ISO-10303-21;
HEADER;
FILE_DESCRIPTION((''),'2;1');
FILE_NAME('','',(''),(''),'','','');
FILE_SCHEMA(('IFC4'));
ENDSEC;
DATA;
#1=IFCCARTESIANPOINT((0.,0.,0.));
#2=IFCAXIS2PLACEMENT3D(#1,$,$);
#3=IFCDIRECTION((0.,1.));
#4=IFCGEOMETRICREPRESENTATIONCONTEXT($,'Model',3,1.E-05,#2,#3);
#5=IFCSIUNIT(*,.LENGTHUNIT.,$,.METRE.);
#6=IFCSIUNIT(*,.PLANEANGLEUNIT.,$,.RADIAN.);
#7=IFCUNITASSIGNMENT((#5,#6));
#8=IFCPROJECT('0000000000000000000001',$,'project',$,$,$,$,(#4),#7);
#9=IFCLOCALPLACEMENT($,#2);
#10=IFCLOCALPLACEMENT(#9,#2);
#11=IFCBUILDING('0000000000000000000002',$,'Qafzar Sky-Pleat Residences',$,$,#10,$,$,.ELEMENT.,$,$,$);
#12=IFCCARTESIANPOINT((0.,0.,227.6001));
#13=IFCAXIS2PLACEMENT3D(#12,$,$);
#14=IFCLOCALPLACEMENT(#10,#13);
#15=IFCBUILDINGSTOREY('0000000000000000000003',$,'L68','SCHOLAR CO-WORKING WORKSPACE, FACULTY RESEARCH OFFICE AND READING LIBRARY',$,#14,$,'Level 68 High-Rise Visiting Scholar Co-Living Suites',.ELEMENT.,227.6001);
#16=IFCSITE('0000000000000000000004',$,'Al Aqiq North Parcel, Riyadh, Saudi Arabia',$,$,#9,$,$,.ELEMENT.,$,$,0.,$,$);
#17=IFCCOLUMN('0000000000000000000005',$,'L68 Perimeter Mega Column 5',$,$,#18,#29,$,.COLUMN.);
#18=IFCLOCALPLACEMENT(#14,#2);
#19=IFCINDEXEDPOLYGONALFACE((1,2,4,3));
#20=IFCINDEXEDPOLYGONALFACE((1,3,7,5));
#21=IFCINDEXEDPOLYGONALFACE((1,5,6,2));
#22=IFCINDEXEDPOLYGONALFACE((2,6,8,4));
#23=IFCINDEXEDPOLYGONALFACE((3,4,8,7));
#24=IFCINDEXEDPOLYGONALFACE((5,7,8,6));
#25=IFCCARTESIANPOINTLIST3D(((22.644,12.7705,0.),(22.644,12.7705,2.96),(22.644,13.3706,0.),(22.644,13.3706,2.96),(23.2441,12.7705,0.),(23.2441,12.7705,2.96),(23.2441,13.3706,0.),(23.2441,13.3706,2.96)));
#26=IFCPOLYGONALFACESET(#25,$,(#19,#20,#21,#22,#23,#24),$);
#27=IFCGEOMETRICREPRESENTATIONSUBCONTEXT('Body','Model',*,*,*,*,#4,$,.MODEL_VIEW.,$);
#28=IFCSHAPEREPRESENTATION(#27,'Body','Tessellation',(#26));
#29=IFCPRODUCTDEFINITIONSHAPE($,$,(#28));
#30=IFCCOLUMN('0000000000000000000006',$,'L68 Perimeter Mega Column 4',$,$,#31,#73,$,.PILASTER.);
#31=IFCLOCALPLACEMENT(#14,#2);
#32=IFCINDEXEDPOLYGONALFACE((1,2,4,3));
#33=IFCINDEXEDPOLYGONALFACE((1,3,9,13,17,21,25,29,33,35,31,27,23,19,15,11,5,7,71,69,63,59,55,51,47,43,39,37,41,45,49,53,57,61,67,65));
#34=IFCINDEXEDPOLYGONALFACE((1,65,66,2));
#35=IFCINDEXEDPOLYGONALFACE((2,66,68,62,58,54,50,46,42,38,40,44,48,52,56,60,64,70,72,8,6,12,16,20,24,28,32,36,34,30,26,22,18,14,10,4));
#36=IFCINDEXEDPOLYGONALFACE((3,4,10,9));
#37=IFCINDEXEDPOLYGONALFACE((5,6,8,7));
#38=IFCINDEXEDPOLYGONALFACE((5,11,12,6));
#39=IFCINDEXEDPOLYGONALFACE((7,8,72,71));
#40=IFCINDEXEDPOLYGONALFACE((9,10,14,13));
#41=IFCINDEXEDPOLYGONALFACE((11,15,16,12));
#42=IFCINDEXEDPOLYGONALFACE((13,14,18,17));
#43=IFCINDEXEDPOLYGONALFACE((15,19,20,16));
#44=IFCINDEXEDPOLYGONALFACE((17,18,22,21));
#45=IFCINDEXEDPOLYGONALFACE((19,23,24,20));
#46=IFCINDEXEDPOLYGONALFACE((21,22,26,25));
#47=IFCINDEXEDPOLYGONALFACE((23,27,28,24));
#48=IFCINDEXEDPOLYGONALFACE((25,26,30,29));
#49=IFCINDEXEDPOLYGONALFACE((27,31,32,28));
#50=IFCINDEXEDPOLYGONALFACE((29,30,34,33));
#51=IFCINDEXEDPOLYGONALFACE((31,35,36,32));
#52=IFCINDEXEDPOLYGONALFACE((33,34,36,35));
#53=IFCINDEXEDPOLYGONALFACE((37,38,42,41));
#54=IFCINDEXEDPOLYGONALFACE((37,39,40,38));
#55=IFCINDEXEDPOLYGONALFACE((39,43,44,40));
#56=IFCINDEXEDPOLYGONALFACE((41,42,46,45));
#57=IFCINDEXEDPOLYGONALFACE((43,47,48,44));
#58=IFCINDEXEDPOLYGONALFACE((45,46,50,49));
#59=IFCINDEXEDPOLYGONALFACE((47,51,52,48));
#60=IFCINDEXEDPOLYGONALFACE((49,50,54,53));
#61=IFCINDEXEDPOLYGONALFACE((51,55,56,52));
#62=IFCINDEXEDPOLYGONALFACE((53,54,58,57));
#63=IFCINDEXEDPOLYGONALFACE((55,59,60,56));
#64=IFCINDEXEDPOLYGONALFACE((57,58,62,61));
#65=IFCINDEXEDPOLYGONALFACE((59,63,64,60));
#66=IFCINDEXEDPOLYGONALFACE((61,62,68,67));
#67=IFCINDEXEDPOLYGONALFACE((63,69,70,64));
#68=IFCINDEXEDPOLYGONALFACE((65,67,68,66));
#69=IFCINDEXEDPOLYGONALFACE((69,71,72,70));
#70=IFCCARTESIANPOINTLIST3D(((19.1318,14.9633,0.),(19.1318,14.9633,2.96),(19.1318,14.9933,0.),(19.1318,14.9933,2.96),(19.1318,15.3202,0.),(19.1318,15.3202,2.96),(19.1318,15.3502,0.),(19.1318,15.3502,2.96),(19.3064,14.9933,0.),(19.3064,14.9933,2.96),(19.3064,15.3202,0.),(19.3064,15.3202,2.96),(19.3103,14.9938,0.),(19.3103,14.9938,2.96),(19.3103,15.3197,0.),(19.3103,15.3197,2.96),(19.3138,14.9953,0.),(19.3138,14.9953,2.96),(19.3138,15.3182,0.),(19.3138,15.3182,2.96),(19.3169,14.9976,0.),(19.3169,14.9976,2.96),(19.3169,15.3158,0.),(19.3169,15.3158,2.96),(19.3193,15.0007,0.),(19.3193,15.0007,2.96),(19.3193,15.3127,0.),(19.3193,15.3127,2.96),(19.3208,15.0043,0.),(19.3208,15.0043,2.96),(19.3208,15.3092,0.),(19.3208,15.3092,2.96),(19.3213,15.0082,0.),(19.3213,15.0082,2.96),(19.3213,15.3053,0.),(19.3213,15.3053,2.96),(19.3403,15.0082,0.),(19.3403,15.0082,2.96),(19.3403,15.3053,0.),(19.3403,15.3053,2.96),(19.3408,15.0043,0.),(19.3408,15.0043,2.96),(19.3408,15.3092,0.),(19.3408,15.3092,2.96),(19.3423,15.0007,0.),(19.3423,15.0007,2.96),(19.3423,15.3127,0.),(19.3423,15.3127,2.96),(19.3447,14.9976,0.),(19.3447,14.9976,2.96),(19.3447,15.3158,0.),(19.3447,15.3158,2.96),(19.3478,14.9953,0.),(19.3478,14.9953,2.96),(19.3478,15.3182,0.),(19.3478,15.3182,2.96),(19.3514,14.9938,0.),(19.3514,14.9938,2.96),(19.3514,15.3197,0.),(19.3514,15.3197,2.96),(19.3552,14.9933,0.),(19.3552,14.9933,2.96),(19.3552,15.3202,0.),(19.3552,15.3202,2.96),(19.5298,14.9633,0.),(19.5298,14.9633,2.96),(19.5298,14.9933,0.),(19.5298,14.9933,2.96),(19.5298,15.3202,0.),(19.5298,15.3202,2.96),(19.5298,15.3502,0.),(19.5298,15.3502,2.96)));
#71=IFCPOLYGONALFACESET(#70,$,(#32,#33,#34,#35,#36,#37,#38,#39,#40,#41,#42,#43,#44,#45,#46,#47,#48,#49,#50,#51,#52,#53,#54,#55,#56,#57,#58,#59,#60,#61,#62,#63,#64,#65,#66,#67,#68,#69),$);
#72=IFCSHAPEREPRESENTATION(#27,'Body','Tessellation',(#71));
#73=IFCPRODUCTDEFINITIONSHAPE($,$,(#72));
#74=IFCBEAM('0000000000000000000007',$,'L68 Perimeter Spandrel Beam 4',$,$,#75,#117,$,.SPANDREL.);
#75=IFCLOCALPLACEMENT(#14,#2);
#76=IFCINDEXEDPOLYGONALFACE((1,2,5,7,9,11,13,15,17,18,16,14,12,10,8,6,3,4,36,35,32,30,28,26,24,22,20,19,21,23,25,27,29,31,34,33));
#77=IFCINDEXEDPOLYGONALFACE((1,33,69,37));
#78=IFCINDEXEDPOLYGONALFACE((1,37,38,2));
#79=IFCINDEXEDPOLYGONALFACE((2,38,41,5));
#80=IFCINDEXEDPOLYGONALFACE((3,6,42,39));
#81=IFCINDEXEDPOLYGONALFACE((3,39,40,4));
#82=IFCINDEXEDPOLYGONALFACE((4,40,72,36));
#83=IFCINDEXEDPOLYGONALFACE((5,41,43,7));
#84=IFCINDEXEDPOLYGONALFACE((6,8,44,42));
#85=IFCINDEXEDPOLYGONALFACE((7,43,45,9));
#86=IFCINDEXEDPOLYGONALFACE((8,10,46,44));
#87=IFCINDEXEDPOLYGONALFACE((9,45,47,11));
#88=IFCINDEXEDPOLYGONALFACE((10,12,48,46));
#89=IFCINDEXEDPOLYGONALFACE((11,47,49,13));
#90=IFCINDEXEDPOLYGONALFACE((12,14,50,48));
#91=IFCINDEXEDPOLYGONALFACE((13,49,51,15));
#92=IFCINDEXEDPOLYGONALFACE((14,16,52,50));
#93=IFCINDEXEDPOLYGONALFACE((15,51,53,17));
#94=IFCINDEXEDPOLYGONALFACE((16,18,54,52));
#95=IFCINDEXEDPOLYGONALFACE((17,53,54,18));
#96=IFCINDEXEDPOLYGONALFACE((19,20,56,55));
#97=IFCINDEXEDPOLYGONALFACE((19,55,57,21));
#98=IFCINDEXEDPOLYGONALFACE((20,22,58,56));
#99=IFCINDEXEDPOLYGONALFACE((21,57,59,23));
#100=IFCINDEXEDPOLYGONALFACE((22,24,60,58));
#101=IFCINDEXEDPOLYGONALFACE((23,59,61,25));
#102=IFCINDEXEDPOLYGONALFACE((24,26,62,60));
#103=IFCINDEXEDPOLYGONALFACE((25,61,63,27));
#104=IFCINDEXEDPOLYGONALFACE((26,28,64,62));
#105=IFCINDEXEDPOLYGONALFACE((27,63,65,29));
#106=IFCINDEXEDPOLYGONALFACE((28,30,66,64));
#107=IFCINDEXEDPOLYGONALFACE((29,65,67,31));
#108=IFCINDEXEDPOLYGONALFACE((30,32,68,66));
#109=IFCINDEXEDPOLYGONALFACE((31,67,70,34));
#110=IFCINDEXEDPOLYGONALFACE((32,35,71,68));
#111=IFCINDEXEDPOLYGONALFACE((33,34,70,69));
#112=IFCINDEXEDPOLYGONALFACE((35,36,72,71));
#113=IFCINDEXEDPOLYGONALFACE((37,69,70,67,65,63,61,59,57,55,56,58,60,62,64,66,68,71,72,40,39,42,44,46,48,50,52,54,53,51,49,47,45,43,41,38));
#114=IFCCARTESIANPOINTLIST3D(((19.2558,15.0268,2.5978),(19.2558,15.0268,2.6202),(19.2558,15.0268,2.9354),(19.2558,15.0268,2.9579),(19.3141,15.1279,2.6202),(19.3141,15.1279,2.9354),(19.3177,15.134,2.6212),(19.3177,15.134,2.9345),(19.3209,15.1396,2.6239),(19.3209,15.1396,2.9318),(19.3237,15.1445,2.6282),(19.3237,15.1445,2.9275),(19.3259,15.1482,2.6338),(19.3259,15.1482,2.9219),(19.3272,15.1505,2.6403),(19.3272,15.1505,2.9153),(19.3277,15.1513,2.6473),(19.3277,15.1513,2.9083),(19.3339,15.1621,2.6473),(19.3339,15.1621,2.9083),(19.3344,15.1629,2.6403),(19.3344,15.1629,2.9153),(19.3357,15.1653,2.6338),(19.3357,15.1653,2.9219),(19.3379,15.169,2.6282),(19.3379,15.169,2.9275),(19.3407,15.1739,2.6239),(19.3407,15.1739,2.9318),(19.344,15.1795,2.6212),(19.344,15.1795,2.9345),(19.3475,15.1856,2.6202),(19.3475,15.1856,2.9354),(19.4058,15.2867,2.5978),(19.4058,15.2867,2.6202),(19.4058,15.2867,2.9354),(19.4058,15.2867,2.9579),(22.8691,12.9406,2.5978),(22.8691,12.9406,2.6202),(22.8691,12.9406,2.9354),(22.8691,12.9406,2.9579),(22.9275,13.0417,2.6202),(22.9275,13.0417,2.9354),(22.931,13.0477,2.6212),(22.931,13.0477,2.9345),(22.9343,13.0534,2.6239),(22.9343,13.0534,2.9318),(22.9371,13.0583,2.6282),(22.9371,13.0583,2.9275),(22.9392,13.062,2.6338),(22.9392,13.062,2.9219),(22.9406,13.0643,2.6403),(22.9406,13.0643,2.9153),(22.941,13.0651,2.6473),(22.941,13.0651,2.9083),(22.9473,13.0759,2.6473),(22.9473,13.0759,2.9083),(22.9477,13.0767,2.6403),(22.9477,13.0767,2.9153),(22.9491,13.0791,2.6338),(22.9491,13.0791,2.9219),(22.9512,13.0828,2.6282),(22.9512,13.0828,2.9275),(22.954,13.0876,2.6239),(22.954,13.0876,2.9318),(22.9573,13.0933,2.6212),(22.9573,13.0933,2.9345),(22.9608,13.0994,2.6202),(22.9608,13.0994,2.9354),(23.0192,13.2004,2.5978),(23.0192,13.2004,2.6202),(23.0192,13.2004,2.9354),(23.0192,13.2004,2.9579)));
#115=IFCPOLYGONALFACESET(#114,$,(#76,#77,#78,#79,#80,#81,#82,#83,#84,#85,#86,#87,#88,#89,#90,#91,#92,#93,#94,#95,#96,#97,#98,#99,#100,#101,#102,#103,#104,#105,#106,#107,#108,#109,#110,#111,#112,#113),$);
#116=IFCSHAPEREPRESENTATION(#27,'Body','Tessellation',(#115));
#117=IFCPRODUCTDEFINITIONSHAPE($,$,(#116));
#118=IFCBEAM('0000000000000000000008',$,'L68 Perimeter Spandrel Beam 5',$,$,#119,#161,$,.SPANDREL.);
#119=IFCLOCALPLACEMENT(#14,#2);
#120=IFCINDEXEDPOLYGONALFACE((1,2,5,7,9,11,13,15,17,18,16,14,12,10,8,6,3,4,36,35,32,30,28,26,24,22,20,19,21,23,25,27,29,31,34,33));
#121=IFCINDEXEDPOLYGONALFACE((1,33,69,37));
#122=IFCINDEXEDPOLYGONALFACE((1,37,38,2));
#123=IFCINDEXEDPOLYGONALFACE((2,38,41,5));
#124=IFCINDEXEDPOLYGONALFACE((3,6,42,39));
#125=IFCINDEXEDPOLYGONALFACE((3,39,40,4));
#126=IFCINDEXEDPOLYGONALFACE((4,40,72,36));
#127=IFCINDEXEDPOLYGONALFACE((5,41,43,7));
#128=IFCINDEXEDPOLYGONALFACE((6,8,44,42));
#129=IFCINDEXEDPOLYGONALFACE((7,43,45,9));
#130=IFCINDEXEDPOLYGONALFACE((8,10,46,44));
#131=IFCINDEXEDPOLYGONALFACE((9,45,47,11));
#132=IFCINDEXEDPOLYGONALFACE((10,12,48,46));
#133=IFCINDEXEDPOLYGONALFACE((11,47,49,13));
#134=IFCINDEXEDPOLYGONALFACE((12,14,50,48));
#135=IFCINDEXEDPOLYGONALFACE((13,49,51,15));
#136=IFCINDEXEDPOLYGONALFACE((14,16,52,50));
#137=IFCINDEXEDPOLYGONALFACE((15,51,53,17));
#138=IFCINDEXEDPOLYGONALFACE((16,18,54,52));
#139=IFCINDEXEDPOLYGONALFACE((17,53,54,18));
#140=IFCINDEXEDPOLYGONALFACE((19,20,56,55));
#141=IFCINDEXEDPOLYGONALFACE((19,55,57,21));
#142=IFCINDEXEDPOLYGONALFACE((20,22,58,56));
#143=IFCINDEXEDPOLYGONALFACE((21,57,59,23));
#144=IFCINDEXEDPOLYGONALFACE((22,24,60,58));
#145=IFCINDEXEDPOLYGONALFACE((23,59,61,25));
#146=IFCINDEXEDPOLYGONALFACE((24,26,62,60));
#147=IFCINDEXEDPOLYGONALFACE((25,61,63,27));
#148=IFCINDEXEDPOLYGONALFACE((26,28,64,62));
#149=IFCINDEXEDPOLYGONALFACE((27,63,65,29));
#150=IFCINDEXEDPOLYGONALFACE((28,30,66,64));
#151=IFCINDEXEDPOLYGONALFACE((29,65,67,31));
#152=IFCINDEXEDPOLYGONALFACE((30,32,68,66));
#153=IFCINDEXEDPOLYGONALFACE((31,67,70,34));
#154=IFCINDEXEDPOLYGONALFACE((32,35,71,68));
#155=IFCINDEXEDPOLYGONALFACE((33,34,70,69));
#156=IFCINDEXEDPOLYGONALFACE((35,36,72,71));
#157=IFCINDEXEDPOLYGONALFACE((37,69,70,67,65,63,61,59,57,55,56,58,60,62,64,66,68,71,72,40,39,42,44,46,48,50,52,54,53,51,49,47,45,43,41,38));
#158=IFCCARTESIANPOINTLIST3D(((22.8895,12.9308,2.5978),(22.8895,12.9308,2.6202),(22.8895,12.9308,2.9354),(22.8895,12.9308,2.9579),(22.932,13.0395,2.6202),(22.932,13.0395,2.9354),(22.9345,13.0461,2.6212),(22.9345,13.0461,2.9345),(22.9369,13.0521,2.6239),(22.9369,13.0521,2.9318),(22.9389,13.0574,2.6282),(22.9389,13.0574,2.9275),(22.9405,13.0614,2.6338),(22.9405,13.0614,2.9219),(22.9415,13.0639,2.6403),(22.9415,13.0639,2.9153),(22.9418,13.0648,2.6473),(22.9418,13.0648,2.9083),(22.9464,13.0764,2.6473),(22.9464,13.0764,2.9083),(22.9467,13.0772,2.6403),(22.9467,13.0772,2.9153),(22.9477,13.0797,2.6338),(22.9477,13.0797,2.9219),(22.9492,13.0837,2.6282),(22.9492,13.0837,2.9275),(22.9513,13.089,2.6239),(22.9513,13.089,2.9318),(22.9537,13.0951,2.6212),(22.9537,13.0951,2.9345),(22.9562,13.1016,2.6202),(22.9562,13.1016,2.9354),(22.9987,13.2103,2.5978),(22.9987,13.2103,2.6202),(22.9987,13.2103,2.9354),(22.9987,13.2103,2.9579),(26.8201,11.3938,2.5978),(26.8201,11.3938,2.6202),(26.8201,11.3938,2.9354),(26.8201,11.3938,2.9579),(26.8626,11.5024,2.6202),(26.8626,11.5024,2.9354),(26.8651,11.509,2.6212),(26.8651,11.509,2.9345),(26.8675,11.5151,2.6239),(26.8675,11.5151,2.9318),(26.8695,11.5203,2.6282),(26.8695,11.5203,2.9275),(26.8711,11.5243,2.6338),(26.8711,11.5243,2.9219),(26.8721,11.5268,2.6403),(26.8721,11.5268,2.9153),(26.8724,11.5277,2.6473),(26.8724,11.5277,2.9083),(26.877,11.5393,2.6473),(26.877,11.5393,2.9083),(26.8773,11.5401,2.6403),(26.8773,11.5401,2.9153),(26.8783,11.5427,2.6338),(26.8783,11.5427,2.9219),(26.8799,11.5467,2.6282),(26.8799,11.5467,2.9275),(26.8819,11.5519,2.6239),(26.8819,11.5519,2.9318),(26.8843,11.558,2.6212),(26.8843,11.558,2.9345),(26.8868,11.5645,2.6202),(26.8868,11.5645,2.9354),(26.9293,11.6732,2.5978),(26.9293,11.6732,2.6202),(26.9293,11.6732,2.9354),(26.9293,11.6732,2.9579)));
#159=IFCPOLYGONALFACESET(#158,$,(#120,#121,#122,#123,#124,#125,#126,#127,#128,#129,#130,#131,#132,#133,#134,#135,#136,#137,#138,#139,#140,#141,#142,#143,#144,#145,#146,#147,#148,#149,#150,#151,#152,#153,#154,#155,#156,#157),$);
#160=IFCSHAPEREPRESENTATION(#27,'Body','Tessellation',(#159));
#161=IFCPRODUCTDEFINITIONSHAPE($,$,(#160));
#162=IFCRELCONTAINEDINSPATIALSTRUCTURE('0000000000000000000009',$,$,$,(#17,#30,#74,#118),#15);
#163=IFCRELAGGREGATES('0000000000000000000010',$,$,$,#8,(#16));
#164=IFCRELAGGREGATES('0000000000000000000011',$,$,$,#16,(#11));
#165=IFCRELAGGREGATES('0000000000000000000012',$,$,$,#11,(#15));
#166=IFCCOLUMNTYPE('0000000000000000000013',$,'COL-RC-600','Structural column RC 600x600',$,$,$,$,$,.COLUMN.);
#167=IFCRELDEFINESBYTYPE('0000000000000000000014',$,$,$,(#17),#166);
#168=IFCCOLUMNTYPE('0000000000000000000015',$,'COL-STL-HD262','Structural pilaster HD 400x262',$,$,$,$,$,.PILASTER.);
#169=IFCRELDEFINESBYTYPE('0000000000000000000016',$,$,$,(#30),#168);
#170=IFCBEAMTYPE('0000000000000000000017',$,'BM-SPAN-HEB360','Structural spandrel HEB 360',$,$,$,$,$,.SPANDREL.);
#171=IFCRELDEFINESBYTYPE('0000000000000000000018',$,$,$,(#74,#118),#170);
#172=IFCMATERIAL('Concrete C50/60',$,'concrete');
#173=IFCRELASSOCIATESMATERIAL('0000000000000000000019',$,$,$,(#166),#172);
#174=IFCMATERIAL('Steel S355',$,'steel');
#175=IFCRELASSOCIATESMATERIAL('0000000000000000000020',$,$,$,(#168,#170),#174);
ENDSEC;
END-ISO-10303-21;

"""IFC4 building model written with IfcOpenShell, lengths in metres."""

from ifc_helpers import new_model, si_unit, direction, frame, origin, origin_2d, place, context, subcontext, project, spatial, rectangle, i_section, extrude, source, transform, mapped, material, material_profile, profile_set, type_object, element, save


model = new_model("IFC4")

# Units and contexts
model_context = context("Model", 3, precision=1e-05, world=origin(), true_north=direction((0.0, 1.0)))
body_context = subcontext(model_context, "Body", "Model", "MODEL_VIEW")
ifc_project = project(units=[si_unit("LENGTHUNIT", "METRE"), si_unit("PLANEANGLEUNIT", "RADIAN")], contexts=[model_context])

# Site, building, storey
site_placement = place(None, origin())
site = spatial("IfcSite", under=ifc_project, at=site_placement, Name="Al Aqiq North Parcel, Riyadh, Saudi Arabia", CompositionType="ELEMENT", RefElevation=0.0)
building_placement = place(site_placement, origin())
building = spatial("IfcBuilding", under=site, at=building_placement, Name="Qafzar Sky-Pleat Residences", CompositionType="ELEMENT")
storey_placement = place(building_placement, frame((0.0, 0.0, 227.6001)))
storey = spatial("IfcBuildingStorey", under=building, at=storey_placement, Name="L68", Description="SCHOLAR CO-WORKING WORKSPACE, FACULTY RESEARCH OFFICE AND READING LIBRARY", LongName="Level 68 High-Rise Visiting Scholar Co-Living Suites", CompositionType="ELEMENT", Elevation=227.6001)

# Columns
ifc_material_1 = material(Name="Concrete C50/60", Category="concrete")
ifc_material_profile_1 = material_profile(ifc_material_1, rectangle(XDim=0.6001, YDim=0.6001, at=origin_2d()), Name="RC 600x600")
ifc_profile_set_1 = profile_set([ifc_material_profile_1], Name="Concrete C50/60")
column_type_1 = type_object("IfcColumnType", Name="COL-RC-600", Description="Structural column RC 600x600", PredefinedType="COLUMN", material=ifc_profile_set_1)
shared_shape_1 = source(origin(), body_context, "Body", "SweptSolid", [
    extrude(rectangle(XDim=0.6001, YDim=0.6001, at=origin_2d()), origin(), (0.0, 0.0, 1.0), 2.96),
])
column_1_placement = place(storey_placement, frame((22.9441, 13.0706, 0.0), z_axis=(0.0, 0.0, 1.0), x_axis=(1.0, 0.0, 0.0)))
element("IfcColumn", 1, at=column_1_placement, inside=storey, type_object=column_type_1, Name="L68 Perimeter Mega Column 5", PredefinedType="COLUMN", context=body_context, shape_type="MappedRepresentation", body=[
    mapped(shared_shape_1, transform((0.0, 0.0, 0.0), x_axis=(1.0, 0.0, 0.0), y_axis=(0.0, 1.0, 0.0), z_axis=(0.0, 0.0, 1.0), scale=1.0)),
])
ifc_material_2 = material(Name="Steel S355", Category="steel")
ifc_material_profile_2 = material_profile(ifc_material_2, i_section(OverallWidth=0.3979, OverallDepth=0.387, WebThickness=0.019, FlangeThickness=0.03, FilletRadius=0.0149, at=origin_2d()), Name="HD 400x262")
ifc_profile_set_2 = profile_set([ifc_material_profile_2], Name="Steel S355")
column_type_2 = type_object("IfcColumnType", Name="COL-STL-HD262", Description="Structural pilaster HD 400x262", PredefinedType="PILASTER", material=ifc_profile_set_2)
shared_shape_2 = source(origin(), body_context, "Body", "SweptSolid", [
    extrude(i_section(OverallWidth=0.3979, OverallDepth=0.387, WebThickness=0.019, FlangeThickness=0.03, FilletRadius=0.0149, at=origin_2d()), origin(), (0.0, 0.0, 1.0), 2.96),
])
column_2_placement = place(storey_placement, frame((19.3308, 15.1567, 0.0), z_axis=(0.0, 0.0, 1.0), x_axis=(1.0, 0.0, 0.0)))
element("IfcColumn", 2, at=column_2_placement, inside=storey, type_object=column_type_2, Name="L68 Perimeter Mega Column 4", PredefinedType="PILASTER", context=body_context, shape_type="MappedRepresentation", body=[
    mapped(shared_shape_2, transform((0.0, 0.0, 0.0), x_axis=(1.0, 0.0, 0.0), y_axis=(0.0, 1.0, 0.0), z_axis=(0.0, 0.0, 1.0), scale=1.0)),
])

# Beams
ifc_material_profile_3 = material_profile(ifc_material_2, i_section(OverallWidth=0.3, OverallDepth=0.3601, WebThickness=0.0125, FlangeThickness=0.0225, FilletRadius=0.0271, at=origin_2d()), Name="HEB 360")
ifc_profile_set_3 = profile_set([ifc_material_profile_3], Name="Steel S355")
beam_type_1 = type_object("IfcBeamType", Name="BM-SPAN-HEB360", Description="Structural spandrel HEB 360", PredefinedType="SPANDREL", material=ifc_profile_set_3)
shared_shape_3 = source(origin(), body_context, "Body", "SweptSolid", [
    extrude(i_section(OverallWidth=0.3, OverallDepth=0.3601, WebThickness=0.0125, FlangeThickness=0.0225, FilletRadius=0.0271, at=origin_2d()), origin(), (0.0, 0.0, 1.0), 4.1724),
])
beam_1_placement = place(storey_placement, frame((19.3308, 15.1567, 2.7778), z_axis=(0.86602, -0.500009, 0.0), x_axis=(0.500009, 0.86602, 0.0)))
element("IfcBeam", 3, at=beam_1_placement, inside=storey, type_object=beam_type_1, Name="L68 Perimeter Spandrel Beam 4", PredefinedType="SPANDREL", context=body_context, shape_type="MappedRepresentation", body=[
    mapped(shared_shape_3, transform((0.0, 0.0, 0.0), x_axis=(1.0, 0.0, 0.0), y_axis=(0.0, 1.0, 0.0), z_axis=(0.0, 0.0, 1.0), scale=1.0)),
])
shared_shape_4 = source(origin(), body_context, "Body", "SweptSolid", [
    extrude(i_section(OverallWidth=0.3, OverallDepth=0.3601, WebThickness=0.0125, FlangeThickness=0.0225, FilletRadius=0.0271, at=origin_2d()), origin(), (0.0, 0.0, 1.0), 4.2205),
])
beam_2_placement = place(storey_placement, frame((22.9441, 13.0706, 2.7778), z_axis=(0.931321, -0.364199, 0.0), x_axis=(0.364199, 0.931321, 0.0)))
element("IfcBeam", 4, at=beam_2_placement, inside=storey, type_object=beam_type_1, Name="L68 Perimeter Spandrel Beam 5", PredefinedType="SPANDREL", context=body_context, shape_type="MappedRepresentation", body=[
    mapped(shared_shape_4, transform((0.0, 0.0, 0.0), x_axis=(1.0, 0.0, 0.0), y_axis=(0.0, 1.0, 0.0), z_axis=(0.0, 0.0, 1.0), scale=1.0)),
])

save(model, "model.ifc")
